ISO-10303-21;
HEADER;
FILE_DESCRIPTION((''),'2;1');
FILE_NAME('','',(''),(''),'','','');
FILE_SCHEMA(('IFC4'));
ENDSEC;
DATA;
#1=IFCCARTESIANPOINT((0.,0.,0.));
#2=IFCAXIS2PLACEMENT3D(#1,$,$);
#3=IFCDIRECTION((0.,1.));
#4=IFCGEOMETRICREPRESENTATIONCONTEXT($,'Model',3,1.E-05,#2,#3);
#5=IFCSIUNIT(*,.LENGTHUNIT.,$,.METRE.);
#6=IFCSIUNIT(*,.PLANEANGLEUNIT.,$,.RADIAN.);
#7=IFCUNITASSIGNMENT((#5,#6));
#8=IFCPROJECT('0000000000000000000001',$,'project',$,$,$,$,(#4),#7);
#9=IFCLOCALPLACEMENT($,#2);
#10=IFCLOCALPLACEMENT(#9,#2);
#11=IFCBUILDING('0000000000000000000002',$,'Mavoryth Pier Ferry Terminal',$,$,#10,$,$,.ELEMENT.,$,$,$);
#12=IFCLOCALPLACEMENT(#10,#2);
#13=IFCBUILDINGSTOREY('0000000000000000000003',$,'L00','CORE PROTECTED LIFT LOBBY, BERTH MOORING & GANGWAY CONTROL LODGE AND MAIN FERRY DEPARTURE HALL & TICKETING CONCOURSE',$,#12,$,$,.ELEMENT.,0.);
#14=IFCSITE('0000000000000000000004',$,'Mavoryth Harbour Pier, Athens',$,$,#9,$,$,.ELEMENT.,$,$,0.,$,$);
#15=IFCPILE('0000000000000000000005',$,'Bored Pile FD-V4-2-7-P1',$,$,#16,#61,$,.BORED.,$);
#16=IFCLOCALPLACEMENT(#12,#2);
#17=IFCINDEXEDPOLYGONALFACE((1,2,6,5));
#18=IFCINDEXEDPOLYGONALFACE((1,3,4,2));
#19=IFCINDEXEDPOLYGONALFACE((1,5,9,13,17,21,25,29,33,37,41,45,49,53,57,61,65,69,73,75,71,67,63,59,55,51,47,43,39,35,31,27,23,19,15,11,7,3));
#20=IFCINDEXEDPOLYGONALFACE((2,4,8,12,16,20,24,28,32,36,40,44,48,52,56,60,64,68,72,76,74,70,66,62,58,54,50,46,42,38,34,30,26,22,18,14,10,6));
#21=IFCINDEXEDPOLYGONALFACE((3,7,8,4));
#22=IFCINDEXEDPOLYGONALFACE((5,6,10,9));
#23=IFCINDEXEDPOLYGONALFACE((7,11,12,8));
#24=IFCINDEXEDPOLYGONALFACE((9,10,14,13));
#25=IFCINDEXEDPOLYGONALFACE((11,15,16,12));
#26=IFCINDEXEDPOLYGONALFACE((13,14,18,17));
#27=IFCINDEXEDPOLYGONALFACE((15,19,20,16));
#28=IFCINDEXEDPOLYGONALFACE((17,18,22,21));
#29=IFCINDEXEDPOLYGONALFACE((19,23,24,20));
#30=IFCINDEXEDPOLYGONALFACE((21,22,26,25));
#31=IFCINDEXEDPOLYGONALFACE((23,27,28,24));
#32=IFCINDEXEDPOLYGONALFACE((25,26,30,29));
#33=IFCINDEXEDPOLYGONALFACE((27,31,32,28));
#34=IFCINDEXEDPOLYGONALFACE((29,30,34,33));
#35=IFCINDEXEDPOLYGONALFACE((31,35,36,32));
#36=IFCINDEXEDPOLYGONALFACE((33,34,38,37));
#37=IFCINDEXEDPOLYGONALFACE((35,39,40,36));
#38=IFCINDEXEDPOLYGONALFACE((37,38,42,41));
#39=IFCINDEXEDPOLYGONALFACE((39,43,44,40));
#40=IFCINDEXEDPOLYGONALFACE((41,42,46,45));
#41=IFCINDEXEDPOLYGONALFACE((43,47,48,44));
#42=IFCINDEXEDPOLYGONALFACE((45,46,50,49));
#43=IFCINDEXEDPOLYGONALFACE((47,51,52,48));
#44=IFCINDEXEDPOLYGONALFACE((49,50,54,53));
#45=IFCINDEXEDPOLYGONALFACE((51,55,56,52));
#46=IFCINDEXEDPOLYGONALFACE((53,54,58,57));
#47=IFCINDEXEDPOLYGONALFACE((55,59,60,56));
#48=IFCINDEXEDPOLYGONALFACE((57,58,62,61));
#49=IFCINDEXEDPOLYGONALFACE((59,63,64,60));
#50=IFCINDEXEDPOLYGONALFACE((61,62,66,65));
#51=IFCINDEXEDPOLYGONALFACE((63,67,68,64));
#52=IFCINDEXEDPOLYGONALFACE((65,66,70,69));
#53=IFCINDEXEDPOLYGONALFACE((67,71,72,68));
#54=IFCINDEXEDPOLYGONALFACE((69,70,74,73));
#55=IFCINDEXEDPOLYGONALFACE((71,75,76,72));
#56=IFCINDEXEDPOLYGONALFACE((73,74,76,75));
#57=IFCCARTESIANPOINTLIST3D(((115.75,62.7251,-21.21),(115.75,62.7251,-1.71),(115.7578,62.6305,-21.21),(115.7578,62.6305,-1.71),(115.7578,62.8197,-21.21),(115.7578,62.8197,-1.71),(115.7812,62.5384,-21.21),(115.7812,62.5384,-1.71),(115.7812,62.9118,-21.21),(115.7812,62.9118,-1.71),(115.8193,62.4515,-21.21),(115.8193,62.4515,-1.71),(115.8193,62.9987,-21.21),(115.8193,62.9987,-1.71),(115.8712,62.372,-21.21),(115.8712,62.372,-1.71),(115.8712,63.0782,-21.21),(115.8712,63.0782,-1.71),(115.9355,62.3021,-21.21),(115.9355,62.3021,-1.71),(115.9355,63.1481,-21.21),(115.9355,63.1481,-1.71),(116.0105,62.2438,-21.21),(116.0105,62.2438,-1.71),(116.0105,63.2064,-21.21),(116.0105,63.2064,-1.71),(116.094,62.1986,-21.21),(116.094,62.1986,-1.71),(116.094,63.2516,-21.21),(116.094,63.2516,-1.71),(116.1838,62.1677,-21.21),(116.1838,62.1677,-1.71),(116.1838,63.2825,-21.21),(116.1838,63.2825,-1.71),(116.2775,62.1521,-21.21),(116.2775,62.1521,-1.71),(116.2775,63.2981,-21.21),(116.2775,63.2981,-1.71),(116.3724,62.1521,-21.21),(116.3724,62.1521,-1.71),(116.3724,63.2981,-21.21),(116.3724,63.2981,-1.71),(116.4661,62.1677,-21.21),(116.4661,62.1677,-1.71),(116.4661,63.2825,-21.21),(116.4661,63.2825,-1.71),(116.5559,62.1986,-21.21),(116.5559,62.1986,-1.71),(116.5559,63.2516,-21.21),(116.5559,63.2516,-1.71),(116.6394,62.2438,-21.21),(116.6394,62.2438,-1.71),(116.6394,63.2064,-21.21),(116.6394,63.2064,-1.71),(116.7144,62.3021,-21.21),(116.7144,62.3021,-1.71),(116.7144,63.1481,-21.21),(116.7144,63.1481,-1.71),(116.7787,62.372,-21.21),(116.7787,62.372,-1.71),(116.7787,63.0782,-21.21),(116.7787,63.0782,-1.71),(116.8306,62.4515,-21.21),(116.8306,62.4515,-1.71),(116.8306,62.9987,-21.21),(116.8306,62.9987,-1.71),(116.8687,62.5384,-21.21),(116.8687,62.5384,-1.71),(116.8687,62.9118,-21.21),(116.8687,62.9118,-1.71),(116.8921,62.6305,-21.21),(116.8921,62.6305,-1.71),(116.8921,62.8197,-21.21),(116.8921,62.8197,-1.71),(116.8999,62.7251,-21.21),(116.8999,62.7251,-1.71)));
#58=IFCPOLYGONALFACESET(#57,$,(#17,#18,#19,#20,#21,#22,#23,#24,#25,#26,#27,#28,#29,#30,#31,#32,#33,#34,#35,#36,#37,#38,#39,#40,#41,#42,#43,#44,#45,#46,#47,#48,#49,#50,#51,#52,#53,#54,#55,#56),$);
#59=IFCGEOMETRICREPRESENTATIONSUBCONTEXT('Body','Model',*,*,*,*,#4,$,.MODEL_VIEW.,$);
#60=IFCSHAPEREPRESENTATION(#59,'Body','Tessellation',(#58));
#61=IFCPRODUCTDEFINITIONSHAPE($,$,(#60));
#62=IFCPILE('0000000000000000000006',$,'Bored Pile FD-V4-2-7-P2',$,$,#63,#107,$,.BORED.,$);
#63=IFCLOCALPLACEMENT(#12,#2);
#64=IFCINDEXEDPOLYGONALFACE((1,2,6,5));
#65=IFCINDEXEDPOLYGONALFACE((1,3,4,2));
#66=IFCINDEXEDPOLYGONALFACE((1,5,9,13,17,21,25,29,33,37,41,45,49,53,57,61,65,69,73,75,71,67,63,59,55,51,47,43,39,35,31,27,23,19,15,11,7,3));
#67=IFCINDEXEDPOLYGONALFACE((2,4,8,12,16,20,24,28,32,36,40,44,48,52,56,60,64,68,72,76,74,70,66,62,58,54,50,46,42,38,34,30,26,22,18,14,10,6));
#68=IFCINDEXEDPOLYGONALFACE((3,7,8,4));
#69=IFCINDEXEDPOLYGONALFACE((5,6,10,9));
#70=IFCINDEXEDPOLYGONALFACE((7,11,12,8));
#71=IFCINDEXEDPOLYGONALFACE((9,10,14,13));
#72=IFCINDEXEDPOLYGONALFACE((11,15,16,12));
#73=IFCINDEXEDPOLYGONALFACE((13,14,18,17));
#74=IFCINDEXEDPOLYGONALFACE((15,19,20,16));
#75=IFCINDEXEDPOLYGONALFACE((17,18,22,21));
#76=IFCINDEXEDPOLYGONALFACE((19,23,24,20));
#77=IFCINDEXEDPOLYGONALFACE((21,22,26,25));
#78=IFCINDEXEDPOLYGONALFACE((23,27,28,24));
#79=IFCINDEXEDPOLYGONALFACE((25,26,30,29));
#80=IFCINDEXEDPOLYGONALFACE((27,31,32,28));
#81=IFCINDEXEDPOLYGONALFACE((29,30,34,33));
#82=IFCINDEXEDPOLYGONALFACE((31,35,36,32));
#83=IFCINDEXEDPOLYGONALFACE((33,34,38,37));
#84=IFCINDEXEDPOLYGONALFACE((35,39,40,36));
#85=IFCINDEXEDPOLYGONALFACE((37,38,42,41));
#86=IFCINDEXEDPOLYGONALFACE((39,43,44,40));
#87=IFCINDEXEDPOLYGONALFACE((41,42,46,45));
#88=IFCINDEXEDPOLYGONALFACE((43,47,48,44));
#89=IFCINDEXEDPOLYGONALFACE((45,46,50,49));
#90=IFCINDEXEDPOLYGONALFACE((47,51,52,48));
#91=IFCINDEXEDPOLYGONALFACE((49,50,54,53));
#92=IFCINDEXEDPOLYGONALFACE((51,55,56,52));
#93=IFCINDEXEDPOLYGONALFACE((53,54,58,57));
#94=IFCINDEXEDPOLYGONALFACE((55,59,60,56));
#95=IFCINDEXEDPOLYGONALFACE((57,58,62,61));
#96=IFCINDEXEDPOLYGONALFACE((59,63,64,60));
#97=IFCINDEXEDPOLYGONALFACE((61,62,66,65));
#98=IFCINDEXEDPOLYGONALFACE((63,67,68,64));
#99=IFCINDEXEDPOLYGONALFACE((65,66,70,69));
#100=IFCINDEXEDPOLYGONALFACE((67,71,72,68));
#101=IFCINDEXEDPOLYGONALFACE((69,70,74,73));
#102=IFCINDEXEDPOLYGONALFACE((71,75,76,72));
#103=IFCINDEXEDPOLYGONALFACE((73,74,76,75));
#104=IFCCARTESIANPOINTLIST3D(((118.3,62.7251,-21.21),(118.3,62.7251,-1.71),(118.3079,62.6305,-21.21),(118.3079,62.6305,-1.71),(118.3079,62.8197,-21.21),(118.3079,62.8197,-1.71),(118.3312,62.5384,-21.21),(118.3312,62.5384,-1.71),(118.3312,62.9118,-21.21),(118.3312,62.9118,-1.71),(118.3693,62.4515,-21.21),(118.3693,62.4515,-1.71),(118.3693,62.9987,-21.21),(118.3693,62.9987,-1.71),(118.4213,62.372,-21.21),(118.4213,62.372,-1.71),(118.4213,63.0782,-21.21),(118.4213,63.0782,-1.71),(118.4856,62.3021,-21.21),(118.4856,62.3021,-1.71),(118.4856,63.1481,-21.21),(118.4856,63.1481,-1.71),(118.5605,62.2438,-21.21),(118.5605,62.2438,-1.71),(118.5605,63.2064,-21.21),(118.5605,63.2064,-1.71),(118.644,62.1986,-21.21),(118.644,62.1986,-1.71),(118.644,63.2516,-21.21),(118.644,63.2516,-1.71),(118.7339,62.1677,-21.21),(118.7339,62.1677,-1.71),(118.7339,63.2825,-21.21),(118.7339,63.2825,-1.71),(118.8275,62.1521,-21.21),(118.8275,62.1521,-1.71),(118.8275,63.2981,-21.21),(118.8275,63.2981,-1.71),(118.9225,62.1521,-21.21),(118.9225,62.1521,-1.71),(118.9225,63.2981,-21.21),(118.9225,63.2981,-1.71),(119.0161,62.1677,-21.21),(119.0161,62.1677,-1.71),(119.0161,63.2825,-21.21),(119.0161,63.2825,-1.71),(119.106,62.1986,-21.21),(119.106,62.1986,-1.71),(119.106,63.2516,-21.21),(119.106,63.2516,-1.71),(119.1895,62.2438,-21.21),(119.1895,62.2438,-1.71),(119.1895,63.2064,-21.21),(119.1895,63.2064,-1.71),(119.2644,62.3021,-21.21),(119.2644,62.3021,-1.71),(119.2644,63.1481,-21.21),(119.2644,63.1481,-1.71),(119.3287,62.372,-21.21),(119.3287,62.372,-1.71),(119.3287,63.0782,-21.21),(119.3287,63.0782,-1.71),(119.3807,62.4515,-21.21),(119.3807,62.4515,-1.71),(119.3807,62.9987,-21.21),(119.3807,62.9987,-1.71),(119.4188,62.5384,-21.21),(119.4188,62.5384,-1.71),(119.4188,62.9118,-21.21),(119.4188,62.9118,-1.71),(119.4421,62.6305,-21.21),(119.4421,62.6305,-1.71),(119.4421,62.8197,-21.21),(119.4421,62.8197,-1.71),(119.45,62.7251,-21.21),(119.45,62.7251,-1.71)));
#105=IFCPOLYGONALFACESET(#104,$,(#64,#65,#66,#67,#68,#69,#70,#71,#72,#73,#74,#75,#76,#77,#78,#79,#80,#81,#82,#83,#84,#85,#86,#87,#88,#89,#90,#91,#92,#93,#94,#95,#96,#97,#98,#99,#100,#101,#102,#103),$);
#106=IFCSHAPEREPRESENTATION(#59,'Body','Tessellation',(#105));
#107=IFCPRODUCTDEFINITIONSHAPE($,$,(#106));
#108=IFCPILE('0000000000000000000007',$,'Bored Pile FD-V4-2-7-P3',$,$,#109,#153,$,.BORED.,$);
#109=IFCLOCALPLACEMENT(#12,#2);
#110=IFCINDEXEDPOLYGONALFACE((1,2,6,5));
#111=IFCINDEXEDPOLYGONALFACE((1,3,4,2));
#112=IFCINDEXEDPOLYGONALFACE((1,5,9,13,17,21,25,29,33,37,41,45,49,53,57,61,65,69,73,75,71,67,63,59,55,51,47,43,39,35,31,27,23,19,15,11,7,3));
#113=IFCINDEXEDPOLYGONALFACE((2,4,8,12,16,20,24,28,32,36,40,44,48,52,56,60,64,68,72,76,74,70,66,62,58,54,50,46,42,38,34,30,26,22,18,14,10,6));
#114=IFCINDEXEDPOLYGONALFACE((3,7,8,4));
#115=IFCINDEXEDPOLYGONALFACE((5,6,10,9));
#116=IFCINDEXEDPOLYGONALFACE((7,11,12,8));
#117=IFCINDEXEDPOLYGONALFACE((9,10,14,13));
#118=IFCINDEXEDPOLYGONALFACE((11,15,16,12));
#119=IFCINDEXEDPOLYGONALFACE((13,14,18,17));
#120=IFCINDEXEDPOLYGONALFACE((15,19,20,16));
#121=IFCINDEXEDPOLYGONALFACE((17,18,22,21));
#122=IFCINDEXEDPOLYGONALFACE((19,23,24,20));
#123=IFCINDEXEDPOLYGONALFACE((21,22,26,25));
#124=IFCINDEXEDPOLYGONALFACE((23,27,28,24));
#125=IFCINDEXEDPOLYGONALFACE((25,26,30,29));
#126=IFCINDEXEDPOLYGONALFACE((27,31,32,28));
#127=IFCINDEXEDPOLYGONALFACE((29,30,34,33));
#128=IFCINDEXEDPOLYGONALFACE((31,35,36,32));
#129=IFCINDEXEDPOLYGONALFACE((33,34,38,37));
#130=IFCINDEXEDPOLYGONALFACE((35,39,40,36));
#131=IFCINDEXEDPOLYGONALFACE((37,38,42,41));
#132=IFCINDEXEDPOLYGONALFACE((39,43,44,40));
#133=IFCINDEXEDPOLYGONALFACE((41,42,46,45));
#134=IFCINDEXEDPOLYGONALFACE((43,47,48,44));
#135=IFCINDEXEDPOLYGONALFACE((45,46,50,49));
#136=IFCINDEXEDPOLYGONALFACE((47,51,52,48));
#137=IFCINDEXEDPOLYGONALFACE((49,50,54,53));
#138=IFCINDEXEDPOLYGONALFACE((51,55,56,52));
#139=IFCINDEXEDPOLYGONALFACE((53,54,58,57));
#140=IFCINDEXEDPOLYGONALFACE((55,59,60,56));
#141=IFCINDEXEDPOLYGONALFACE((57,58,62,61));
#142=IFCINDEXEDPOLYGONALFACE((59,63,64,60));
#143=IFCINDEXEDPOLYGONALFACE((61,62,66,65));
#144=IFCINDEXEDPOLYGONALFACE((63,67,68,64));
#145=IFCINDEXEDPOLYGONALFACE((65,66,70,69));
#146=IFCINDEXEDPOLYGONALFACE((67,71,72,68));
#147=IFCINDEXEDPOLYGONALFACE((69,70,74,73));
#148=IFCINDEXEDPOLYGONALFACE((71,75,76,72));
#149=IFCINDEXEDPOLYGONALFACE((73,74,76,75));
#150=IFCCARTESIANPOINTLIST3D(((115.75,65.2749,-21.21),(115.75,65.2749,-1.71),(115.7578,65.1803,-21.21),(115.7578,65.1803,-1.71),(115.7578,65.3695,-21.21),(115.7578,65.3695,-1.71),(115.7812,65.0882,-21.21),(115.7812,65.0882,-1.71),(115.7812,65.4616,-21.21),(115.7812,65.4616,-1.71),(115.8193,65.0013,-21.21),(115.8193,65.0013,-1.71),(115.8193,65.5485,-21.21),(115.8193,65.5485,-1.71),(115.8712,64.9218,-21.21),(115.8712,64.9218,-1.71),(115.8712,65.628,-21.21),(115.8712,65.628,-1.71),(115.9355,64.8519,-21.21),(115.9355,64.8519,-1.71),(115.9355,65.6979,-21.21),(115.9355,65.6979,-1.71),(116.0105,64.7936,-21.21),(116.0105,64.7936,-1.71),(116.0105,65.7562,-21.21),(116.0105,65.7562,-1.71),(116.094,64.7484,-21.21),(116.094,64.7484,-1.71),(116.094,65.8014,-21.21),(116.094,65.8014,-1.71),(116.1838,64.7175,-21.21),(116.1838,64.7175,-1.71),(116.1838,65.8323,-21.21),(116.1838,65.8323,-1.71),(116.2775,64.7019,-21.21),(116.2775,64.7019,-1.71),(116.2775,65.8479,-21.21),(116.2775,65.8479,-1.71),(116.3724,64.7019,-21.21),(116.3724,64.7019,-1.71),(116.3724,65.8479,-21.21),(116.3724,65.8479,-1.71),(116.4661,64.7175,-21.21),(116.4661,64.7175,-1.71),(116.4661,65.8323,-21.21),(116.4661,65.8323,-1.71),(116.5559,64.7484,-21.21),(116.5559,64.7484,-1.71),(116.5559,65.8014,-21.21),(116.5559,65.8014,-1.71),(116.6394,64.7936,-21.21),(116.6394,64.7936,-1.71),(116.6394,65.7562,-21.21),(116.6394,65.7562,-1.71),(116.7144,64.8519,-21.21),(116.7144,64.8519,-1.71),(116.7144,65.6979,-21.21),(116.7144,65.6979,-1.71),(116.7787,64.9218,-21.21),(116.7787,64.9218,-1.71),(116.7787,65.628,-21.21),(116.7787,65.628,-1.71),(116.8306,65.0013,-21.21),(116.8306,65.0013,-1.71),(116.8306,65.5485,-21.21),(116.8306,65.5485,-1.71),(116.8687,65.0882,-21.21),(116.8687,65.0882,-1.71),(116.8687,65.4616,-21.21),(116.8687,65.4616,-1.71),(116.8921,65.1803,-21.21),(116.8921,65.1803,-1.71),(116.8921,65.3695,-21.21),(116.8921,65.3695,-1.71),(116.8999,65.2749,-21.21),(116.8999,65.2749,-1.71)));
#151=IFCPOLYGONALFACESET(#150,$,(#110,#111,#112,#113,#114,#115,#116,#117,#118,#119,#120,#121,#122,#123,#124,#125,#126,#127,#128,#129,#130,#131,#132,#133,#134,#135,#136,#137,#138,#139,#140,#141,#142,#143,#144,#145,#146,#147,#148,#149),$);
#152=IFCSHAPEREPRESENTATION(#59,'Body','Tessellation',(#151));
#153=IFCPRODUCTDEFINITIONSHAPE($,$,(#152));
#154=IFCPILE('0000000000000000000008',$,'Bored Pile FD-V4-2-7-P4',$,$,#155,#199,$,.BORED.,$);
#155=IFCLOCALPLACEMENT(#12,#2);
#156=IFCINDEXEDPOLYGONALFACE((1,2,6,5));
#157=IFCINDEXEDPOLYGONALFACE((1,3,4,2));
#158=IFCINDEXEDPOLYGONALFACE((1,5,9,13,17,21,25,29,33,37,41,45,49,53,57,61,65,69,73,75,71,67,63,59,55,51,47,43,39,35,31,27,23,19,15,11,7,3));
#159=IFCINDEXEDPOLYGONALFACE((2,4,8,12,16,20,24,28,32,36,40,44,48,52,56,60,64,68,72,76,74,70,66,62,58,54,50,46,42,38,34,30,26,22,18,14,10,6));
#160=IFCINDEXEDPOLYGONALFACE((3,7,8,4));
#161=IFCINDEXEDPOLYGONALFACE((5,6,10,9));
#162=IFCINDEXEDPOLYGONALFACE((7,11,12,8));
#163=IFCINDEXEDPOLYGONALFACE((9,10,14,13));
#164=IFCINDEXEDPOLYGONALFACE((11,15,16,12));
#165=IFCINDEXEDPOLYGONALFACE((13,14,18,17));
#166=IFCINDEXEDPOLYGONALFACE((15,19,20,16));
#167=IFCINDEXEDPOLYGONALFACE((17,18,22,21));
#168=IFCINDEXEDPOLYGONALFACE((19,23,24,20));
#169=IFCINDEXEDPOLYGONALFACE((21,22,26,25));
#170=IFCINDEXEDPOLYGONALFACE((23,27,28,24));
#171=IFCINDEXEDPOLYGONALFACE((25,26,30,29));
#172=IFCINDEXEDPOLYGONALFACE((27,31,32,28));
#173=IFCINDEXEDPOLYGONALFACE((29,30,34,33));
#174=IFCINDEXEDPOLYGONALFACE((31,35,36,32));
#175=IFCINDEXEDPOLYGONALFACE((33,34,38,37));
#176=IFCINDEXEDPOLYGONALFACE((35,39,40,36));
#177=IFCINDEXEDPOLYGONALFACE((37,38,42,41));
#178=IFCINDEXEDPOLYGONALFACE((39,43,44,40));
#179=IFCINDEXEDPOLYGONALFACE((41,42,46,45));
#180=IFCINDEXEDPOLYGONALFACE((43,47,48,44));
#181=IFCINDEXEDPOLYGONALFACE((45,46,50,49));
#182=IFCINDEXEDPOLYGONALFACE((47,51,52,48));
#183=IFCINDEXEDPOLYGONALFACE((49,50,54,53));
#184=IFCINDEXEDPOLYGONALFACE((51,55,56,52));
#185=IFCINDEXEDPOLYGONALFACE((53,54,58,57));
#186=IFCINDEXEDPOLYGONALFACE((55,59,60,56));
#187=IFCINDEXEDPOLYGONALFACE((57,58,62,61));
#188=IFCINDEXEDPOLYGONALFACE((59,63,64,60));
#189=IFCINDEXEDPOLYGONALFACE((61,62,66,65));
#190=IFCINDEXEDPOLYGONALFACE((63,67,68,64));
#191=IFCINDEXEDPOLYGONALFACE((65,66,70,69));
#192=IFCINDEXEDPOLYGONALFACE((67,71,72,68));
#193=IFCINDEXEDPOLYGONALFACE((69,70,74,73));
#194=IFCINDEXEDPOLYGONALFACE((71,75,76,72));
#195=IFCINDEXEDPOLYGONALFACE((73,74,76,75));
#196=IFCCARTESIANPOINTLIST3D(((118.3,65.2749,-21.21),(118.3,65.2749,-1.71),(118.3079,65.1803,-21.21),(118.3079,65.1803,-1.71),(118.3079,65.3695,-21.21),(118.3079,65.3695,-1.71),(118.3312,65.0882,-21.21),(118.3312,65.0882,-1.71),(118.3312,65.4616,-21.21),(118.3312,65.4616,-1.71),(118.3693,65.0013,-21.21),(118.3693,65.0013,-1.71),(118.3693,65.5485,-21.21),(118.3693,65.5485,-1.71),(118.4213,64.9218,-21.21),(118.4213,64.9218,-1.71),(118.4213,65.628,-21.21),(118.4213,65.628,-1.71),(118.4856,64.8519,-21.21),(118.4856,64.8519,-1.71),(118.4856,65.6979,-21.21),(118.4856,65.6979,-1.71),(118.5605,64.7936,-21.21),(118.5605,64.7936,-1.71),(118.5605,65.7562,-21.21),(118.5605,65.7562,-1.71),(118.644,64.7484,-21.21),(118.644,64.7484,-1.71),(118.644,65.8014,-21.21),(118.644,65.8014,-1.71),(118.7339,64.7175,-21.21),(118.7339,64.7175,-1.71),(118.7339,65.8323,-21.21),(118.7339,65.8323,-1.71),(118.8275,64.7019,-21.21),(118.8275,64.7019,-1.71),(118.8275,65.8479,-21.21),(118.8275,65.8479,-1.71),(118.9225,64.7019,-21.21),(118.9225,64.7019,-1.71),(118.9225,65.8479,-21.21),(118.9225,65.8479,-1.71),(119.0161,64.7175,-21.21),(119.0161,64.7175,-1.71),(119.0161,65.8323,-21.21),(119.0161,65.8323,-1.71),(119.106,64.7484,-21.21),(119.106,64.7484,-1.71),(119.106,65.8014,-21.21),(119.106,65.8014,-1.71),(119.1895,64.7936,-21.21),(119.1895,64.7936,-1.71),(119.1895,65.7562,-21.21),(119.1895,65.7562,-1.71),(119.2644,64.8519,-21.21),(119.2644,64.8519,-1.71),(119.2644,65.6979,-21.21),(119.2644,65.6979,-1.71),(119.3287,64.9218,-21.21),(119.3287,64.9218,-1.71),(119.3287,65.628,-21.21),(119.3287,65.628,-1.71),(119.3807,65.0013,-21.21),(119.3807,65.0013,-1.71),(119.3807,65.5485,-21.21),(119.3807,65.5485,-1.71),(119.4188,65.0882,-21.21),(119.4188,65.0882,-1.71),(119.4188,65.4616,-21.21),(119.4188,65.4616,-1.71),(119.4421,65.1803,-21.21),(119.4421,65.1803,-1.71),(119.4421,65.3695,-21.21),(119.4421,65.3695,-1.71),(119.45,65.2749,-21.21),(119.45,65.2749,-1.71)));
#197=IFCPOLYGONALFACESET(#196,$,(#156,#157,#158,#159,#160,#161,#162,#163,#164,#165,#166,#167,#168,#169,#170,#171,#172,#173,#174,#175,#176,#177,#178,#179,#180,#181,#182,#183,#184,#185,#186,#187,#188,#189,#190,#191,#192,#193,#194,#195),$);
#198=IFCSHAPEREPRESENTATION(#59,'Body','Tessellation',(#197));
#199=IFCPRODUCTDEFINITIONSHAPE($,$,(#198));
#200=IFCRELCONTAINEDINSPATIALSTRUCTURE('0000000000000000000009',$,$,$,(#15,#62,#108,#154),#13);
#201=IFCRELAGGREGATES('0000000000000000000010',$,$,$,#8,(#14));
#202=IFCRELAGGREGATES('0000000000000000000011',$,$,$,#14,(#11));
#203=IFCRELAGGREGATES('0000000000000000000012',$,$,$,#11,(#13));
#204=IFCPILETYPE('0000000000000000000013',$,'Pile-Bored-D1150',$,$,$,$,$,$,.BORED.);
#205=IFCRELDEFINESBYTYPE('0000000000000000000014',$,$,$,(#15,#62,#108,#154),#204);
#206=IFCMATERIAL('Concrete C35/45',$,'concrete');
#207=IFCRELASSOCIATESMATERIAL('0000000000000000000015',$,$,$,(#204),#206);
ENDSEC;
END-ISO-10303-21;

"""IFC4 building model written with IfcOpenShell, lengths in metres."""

from ifc_helpers import new_model, si_unit, direction, frame, origin, origin_2d, place, context, subcontext, project, spatial, circle, extrude, material, material_profile, profile_set, type_object, element, save


model = new_model("IFC4")

# Units and contexts
model_context = context("Model", 3, precision=1e-05, world=origin(), true_north=direction((0.0, 1.0)))
body_context = subcontext(model_context, "Body", "Model", "MODEL_VIEW")
ifc_project = project(units=[si_unit("LENGTHUNIT", "METRE"), si_unit("PLANEANGLEUNIT", "RADIAN")], contexts=[model_context])

# Site, building, storey
site_placement = place(None, origin())
site = spatial("IfcSite", under=ifc_project, at=site_placement, Name="Mavoryth Harbour Pier, Athens", CompositionType="ELEMENT", RefElevation=0.0)
building_placement = place(site_placement, origin())
building = spatial("IfcBuilding", under=site, at=building_placement, Name="Mavoryth Pier Ferry Terminal", CompositionType="ELEMENT")
storey_placement = place(building_placement, origin())
storey = spatial("IfcBuildingStorey", under=building, at=storey_placement, Name="L00", Description="CORE PROTECTED LIFT LOBBY, BERTH MOORING & GANGWAY CONTROL LODGE AND MAIN FERRY DEPARTURE HALL & TICKETING CONCOURSE", CompositionType="ELEMENT", Elevation=0.0)

# Shared definitions
ifc_material_1 = material(Name="Concrete C35/45", Category="concrete")

# Piles
ifc_material_profile_1 = material_profile(ifc_material_1, circle(Radius=0.575, at=origin_2d()), Name="PILE D1150", Category="concrete")
ifc_profile_set_1 = profile_set([ifc_material_profile_1], Name="Concrete C35/45 - PILE D1150")
pile_type_1 = type_object("IfcPileType", Name="Pile-Bored-D1150", PredefinedType="BORED", material=ifc_profile_set_1)
for number, where, z_axis, x_axis, name in (
    (1, (116.325, 62.7251, -1.71), (0.0, 0.0, -1.0), (1.0, 0.0, 0.0), "Bored Pile FD-V4-2-7-P1"),
    (2, (118.875, 62.7251, -1.71), (0.0, 0.0, -1.0), (1.0, 0.0, 0.0), "Bored Pile FD-V4-2-7-P2"),
    (3, (116.325, 65.2749, -1.71), (0.0, 0.0, -1.0), (1.0, 0.0, 0.0), "Bored Pile FD-V4-2-7-P3"),
    (4, (118.875, 65.2749, -1.71), (0.0, 0.0, -1.0), (1.0, 0.0, 0.0), "Bored Pile FD-V4-2-7-P4"),
):
    element("IfcPile", number, at=place(storey_placement, frame(where, z_axis=z_axis, x_axis=x_axis)), inside=storey, type_object=pile_type_1, Name=name, PredefinedType="BORED", context=body_context, shape_type="SweptSolid", body=[
        extrude(circle(Radius=0.575, at=origin_2d()), origin(), (0.0, 0.0, 1.0), 19.5),
    ])

save(model, "model.ifc")
